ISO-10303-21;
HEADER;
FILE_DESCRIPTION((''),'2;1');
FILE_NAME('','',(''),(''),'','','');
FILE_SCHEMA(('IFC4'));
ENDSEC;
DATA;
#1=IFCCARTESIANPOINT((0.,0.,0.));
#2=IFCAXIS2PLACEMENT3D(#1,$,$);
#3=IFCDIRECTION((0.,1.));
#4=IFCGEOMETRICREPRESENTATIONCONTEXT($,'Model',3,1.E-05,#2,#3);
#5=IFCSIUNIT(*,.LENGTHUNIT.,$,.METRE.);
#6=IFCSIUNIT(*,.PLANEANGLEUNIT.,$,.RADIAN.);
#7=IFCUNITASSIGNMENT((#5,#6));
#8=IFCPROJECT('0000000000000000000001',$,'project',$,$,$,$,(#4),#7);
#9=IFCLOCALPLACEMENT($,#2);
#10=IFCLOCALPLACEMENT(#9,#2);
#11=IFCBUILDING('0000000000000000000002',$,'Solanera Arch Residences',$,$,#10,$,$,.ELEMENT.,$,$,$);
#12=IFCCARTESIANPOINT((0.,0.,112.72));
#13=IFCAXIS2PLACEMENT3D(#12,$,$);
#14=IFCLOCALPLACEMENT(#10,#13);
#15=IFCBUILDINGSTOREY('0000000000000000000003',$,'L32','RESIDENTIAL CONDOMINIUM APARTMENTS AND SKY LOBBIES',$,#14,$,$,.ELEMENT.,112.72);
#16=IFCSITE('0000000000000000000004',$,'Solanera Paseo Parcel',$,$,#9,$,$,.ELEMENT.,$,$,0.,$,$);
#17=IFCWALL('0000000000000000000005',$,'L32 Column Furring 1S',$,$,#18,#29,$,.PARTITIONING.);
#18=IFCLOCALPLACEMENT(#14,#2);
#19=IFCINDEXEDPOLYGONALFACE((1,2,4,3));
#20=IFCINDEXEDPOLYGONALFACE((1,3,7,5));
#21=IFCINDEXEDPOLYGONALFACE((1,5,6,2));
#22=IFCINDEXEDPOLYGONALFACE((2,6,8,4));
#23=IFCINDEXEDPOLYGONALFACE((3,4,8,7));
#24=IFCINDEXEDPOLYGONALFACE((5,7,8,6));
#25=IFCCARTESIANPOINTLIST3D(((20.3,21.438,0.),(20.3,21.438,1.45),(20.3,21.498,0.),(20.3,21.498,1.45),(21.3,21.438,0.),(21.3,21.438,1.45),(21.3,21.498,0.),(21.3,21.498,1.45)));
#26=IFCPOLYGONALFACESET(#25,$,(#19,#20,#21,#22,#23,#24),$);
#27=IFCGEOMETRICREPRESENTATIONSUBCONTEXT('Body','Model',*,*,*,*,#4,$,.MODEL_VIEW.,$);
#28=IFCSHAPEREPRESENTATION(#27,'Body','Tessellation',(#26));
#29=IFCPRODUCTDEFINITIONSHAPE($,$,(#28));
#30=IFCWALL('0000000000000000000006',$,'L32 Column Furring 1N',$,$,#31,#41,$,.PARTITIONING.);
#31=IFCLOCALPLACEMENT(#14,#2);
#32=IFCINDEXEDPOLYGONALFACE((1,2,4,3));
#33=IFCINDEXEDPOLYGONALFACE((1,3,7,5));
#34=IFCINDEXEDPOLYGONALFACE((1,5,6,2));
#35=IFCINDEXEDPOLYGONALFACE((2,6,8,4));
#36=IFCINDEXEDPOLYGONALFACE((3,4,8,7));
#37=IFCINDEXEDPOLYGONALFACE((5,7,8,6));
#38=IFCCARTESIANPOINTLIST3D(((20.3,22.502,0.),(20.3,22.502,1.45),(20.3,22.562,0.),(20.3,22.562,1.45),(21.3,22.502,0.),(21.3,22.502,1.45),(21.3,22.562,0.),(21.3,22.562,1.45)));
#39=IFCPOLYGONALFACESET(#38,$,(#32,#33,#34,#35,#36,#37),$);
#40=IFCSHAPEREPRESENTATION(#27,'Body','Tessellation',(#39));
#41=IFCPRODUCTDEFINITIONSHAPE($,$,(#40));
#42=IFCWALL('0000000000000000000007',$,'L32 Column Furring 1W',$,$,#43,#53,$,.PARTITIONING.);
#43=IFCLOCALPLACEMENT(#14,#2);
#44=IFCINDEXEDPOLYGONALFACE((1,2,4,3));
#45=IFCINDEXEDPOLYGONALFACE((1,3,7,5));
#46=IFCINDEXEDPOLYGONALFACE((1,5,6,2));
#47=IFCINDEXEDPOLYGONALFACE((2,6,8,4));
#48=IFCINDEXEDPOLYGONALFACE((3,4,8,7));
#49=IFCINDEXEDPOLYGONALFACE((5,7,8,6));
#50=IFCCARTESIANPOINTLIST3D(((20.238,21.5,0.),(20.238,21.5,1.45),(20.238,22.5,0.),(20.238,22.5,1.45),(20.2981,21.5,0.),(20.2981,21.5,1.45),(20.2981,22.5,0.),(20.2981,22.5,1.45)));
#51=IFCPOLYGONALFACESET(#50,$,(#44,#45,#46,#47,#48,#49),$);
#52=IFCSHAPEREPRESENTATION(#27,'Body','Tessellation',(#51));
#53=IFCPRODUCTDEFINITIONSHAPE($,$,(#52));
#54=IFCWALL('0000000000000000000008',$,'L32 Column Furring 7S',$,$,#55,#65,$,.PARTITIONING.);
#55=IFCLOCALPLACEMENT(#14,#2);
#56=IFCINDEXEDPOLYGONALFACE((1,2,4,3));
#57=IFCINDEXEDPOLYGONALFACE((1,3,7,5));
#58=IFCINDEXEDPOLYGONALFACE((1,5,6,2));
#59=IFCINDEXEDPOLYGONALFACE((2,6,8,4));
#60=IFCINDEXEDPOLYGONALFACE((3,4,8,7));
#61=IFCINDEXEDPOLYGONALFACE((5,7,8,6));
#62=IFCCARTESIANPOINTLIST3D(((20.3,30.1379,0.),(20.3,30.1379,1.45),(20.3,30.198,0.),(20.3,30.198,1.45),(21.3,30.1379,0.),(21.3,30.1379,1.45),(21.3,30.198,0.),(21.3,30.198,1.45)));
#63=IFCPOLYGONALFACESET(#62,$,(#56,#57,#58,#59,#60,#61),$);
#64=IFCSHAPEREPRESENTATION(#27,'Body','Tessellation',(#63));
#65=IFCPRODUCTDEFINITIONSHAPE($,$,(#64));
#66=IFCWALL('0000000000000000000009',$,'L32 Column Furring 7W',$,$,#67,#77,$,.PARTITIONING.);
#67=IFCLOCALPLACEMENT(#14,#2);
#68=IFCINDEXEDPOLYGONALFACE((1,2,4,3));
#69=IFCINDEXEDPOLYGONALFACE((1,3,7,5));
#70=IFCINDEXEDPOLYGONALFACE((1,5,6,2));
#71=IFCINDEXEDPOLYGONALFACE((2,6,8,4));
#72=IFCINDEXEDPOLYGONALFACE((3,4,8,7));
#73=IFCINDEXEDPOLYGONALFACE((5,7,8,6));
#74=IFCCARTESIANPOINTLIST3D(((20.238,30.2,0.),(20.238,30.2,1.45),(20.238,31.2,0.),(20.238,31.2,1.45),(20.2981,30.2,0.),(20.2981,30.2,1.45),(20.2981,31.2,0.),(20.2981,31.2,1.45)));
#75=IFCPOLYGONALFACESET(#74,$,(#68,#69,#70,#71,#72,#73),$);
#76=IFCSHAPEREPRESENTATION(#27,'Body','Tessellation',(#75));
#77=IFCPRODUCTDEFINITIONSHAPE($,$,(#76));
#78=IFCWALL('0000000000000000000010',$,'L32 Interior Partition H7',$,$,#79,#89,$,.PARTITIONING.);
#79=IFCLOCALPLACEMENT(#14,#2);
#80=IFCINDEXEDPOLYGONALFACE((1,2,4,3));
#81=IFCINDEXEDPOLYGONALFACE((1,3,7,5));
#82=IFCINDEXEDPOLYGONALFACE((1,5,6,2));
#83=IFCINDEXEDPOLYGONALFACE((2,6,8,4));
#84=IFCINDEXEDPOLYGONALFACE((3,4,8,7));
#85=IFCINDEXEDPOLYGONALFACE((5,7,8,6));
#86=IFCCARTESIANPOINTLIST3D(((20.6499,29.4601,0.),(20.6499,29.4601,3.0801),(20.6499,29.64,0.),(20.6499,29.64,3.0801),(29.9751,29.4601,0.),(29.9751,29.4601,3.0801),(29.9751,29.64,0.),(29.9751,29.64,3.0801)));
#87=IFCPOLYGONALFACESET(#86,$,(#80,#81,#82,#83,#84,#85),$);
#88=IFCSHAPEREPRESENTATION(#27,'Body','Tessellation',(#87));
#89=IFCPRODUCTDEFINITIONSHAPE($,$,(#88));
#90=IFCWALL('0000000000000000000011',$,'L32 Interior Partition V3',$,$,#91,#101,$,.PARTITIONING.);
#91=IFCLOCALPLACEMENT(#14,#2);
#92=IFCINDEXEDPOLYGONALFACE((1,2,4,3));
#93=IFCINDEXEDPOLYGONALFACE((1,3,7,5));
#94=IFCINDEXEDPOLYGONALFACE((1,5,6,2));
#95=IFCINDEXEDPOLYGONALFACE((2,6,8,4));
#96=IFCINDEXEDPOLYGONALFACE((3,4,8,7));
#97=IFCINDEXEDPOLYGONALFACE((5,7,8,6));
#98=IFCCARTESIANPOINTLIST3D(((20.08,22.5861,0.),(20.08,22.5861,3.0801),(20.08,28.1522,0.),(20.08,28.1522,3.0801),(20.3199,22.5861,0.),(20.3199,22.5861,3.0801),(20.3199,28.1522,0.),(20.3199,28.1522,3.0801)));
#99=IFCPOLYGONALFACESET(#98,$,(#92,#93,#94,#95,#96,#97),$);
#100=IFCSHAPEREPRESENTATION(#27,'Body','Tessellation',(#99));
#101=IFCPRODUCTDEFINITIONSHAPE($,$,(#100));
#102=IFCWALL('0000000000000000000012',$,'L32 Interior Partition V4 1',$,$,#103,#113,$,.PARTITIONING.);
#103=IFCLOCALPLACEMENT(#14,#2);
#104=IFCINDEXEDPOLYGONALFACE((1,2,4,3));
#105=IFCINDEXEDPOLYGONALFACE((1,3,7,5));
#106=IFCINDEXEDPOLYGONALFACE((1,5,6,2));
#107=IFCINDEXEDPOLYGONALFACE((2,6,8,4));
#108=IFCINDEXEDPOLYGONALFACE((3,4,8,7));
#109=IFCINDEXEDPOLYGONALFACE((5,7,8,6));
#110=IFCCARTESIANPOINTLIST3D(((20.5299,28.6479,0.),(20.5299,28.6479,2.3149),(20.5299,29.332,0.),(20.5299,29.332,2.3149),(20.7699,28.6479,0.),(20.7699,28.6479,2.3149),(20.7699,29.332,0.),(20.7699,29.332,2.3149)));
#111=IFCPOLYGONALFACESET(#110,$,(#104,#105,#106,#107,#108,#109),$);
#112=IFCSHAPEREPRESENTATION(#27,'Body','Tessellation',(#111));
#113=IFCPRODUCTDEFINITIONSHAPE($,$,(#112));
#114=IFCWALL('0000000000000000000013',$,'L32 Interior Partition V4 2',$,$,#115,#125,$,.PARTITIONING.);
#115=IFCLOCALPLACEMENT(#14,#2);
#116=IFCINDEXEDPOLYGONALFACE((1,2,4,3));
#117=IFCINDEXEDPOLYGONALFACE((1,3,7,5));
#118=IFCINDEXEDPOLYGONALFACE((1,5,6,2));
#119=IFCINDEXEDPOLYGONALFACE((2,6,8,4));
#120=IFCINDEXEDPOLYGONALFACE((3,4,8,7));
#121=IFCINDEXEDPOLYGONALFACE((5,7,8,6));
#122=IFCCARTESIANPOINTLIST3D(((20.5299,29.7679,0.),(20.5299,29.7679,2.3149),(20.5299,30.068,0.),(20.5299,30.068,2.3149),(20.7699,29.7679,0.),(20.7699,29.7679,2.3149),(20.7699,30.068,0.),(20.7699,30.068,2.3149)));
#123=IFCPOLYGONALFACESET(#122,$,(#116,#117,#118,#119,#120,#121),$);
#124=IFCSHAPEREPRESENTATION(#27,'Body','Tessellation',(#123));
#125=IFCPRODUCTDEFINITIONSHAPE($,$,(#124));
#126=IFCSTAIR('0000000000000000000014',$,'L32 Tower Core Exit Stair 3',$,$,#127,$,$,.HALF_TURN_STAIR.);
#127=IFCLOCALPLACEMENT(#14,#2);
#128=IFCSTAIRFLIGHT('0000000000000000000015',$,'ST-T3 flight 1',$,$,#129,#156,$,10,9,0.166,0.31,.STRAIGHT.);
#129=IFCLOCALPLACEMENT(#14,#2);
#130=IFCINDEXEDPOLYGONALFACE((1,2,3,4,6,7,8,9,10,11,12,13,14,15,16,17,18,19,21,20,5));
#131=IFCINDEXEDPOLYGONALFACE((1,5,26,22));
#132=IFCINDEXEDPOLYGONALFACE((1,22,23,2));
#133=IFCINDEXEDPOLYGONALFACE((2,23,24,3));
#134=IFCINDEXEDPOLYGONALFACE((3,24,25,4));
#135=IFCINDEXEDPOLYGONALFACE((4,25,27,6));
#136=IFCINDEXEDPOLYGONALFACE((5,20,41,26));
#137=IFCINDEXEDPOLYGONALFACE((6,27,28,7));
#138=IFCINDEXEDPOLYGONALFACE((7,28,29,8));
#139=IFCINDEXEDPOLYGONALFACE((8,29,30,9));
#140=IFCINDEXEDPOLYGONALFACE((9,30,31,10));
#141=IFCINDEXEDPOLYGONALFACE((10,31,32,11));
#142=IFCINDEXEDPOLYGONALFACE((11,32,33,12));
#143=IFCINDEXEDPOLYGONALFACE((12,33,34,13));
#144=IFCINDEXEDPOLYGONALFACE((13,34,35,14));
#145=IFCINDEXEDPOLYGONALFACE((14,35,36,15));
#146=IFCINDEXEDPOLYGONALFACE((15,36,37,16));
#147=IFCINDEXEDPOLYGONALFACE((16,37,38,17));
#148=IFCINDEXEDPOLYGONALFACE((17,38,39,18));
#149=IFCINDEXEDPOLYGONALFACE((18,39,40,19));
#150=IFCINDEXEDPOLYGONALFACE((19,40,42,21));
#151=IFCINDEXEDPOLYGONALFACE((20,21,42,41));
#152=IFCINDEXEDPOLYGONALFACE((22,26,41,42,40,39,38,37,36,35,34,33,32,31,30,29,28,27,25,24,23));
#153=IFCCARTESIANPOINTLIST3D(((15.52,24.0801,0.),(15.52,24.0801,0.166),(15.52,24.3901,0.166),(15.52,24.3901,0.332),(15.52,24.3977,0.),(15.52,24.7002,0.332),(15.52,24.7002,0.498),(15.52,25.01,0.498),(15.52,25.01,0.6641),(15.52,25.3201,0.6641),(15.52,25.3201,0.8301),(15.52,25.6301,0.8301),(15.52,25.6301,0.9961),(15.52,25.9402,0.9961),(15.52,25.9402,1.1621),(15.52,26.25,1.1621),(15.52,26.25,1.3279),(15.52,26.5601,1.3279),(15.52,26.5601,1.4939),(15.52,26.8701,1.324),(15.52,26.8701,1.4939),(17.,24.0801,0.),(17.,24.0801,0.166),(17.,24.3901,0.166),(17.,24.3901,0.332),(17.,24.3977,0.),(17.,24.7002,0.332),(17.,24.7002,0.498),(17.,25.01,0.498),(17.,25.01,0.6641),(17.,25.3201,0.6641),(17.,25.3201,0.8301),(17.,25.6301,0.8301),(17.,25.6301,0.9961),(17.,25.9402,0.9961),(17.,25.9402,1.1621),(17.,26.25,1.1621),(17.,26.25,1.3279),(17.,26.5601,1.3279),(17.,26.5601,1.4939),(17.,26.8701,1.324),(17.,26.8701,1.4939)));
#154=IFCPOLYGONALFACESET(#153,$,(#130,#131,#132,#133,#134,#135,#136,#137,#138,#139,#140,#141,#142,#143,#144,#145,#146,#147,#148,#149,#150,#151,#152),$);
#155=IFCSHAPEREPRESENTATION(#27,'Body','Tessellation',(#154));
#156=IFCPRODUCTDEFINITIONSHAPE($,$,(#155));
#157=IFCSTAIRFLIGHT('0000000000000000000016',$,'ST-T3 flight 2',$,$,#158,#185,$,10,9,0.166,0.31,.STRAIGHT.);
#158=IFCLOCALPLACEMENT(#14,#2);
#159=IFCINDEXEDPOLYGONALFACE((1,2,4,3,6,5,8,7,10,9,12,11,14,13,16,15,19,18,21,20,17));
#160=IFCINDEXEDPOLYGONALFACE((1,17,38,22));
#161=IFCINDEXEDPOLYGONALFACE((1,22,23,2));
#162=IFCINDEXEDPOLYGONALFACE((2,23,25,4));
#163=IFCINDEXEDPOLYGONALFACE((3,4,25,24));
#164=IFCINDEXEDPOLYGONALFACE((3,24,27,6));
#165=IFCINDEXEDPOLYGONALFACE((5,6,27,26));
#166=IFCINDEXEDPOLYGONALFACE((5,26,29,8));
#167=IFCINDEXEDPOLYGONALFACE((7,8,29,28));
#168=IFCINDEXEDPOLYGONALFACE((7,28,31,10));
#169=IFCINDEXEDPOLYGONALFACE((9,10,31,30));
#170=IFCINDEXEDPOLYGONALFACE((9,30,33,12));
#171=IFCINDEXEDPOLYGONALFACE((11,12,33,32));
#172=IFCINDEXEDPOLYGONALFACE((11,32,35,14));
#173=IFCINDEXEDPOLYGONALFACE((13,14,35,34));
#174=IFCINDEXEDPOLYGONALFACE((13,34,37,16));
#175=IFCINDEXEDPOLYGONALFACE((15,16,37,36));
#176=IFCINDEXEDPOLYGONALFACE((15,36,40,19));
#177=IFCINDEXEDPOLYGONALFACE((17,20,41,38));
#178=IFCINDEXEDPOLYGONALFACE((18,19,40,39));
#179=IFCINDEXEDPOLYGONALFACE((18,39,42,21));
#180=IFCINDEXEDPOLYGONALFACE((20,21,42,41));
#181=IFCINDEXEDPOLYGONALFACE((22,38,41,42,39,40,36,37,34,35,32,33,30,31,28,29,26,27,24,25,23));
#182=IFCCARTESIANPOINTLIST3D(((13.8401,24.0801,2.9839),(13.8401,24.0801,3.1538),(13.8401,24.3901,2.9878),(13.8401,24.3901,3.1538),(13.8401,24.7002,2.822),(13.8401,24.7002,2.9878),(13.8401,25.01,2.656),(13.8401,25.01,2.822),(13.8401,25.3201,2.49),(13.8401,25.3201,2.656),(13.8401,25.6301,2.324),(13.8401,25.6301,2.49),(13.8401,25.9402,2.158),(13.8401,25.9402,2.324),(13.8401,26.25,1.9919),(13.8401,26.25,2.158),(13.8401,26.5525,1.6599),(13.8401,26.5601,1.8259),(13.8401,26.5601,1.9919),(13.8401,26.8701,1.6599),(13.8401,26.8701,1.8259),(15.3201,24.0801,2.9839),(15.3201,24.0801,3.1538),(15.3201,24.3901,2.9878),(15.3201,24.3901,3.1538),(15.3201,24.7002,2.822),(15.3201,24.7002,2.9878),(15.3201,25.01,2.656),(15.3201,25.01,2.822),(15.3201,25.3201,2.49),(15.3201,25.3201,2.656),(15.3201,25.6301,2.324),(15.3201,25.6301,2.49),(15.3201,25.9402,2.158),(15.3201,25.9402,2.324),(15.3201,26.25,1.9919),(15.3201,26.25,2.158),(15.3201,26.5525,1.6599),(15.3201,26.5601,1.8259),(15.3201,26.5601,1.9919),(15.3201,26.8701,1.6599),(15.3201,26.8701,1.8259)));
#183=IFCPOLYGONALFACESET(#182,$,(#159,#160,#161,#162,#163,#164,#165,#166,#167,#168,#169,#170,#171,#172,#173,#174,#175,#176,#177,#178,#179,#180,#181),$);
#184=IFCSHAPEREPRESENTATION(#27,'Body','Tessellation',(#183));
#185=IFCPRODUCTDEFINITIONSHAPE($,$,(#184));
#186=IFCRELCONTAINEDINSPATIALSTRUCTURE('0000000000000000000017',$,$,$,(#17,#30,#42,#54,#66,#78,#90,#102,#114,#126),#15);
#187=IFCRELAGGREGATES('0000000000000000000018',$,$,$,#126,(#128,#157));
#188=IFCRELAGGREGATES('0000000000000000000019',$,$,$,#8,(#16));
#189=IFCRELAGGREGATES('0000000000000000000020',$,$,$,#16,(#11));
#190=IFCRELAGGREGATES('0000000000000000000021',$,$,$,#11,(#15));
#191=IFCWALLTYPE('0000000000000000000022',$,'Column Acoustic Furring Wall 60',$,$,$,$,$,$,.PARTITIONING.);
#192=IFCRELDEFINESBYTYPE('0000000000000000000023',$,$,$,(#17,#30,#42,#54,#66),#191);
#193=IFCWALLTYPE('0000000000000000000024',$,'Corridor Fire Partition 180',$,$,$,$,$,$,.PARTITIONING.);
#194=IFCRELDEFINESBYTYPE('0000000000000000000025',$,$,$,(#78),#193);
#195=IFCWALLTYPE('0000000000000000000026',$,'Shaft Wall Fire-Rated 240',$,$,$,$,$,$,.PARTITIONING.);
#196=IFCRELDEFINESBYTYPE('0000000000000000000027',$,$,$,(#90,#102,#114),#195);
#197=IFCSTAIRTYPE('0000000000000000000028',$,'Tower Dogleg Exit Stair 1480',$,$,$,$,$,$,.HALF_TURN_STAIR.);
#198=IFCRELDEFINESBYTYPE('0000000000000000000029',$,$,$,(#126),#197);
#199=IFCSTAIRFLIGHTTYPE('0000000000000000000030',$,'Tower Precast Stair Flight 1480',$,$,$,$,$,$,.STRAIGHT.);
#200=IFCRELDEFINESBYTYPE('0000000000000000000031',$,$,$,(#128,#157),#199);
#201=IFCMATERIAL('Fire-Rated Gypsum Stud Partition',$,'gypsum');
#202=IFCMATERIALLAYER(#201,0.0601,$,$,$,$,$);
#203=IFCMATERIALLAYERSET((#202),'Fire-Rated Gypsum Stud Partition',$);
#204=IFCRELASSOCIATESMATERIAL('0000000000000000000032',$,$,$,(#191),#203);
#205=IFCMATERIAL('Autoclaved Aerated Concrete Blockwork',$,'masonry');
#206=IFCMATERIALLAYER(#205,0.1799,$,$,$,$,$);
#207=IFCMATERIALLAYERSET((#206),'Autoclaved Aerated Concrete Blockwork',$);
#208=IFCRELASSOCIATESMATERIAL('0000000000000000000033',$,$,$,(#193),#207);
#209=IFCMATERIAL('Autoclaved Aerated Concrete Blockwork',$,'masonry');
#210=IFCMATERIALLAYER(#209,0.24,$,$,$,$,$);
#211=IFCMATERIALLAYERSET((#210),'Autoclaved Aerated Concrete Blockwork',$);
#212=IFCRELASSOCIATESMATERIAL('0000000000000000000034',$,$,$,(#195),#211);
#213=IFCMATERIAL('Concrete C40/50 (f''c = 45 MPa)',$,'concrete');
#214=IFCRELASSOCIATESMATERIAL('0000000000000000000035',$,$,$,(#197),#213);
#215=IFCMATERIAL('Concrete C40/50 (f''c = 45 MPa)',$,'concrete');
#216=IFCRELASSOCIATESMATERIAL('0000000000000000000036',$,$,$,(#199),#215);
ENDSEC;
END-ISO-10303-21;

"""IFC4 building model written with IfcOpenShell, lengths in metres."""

from ifc_helpers import new_model, si_unit, direction, frame, frame_2d, origin, place, context, subcontext, project, spatial, polyline, rectangle, outline, extrude, material, layer, layer_set, type_object, element, aggregate, save


model = new_model("IFC4")

# Units and contexts
model_context = context("Model", 3, precision=1e-05, world=origin(), true_north=direction((0.0, 1.0)))
body_context = subcontext(model_context, "Body", "Model", "MODEL_VIEW")
ifc_project = project(units=[si_unit("LENGTHUNIT", "METRE"), si_unit("PLANEANGLEUNIT", "RADIAN")], contexts=[model_context])

# Site, building, storey
site_placement = place(None, origin())
site = spatial("IfcSite", under=ifc_project, at=site_placement, Name="Solanera Paseo Parcel", CompositionType="ELEMENT", RefElevation=0.0)
building_placement = place(site_placement, origin())
building = spatial("IfcBuilding", under=site, at=building_placement, Name="Solanera Arch Residences", CompositionType="ELEMENT")
storey_placement = place(building_placement, frame((0.0, 0.0, 112.72)))
storey = spatial("IfcBuildingStorey", under=building, at=storey_placement, Name="L32", Description="RESIDENTIAL CONDOMINIUM APARTMENTS AND SKY LOBBIES", CompositionType="ELEMENT", Elevation=112.72)

# Walls
ifc_material_1 = material(Name="Fire-Rated Gypsum Stud Partition", Category="gypsum")
ifc_layer_1 = layer(ifc_material_1, 0.0601)
ifc_layer_set_1 = layer_set([ifc_layer_1], Name="Fire-Rated Gypsum Stud Partition")
wall_type_1 = type_object("IfcWallType", Name="Column Acoustic Furring Wall 60", PredefinedType="PARTITIONING", material=ifc_layer_set_1)
for number, where, z_axis, x_axis, name in (
    (1, (20.3, 21.468, 0.0), (0.0, 0.0, 1.0), (1.0, 0.0, 0.0), "L32 Column Furring 1S"),
    (2, (20.3, 22.532, 0.0), (0.0, 0.0, 1.0), (1.0, 0.0, 0.0), "L32 Column Furring 1N"),
    (3, (20.2681, 21.5, 0.0), (0.0, 0.0, 1.0), (0.0, 1.0, 0.0), "L32 Column Furring 1W"),
    (4, (20.3, 30.168, 0.0), (0.0, 0.0, 1.0), (1.0, 0.0, 0.0), "L32 Column Furring 7S"),
    (5, (20.2681, 30.2, 0.0), (0.0, 0.0, 1.0), (0.0, 1.0, 0.0), "L32 Column Furring 7W"),
):
    element("IfcWall", number, at=place(storey_placement, frame(where, z_axis=z_axis, x_axis=x_axis)), inside=storey, type_object=wall_type_1, Name=name, PredefinedType="PARTITIONING", context=body_context, shape_type="SweptSolid", body=[
        extrude(rectangle(XDim=1.0, YDim=0.0601, at=frame_2d((0.5, 0.0))), origin(), (0.0, 0.0, 1.0), 1.45),
    ])

# Wall
ifc_material_2 = material(Name="Autoclaved Aerated Concrete Blockwork", Category="masonry")
ifc_layer_2 = layer(ifc_material_2, 0.1799)
ifc_layer_set_2 = layer_set([ifc_layer_2], Name="Autoclaved Aerated Concrete Blockwork")
wall_type_2 = type_object("IfcWallType", Name="Corridor Fire Partition 180", PredefinedType="PARTITIONING", material=ifc_layer_set_2)
wall_1_placement = place(storey_placement, frame((20.6499, 29.55, 0.0), z_axis=(0.0, 0.0, 1.0), x_axis=(1.0, 0.0, 0.0)))
element("IfcWall", 6, at=wall_1_placement, inside=storey, type_object=wall_type_2, Name="L32 Interior Partition H7", PredefinedType="PARTITIONING", context=body_context, shape_type="SweptSolid", body=[
    extrude(rectangle(XDim=9.3252, YDim=0.1799, at=frame_2d((4.6626, 0.0))), origin(), (0.0, 0.0, 1.0), 3.0801),
])

# Shared definitions
ifc_material_3 = material(Name="Autoclaved Aerated Concrete Blockwork", Category="masonry")
ifc_layer_3 = layer(ifc_material_3, 0.24)
ifc_layer_set_3 = layer_set([ifc_layer_3], Name="Autoclaved Aerated Concrete Blockwork")
wall_type_3 = type_object("IfcWallType", Name="Shaft Wall Fire-Rated 240", PredefinedType="PARTITIONING", material=ifc_layer_set_3)

# Walls
wall_2_placement = place(storey_placement, frame((20.2, 22.5859, 0.0), z_axis=(0.0, 0.0, 1.0), x_axis=(0.0, 1.0, 0.0)))
element("IfcWall", 7, at=wall_2_placement, inside=storey, type_object=wall_type_3, Name="L32 Interior Partition V3", PredefinedType="PARTITIONING", context=body_context, shape_type="SweptSolid", body=[
    extrude(rectangle(XDim=5.5662, YDim=0.24, at=frame_2d((2.7832, 0.0))), origin(), (0.0, 0.0, 1.0), 3.0801),
])
wall_3_placement = place(storey_placement, frame((20.6499, 28.6479, 0.0), z_axis=(0.0, 0.0, 1.0), x_axis=(0.0, 1.0, 0.0)))
element("IfcWall", 8, at=wall_3_placement, inside=storey, type_object=wall_type_3, Name="L32 Interior Partition V4 1", PredefinedType="PARTITIONING", context=body_context, shape_type="SweptSolid", body=[
    extrude(rectangle(XDim=0.6841, YDim=0.24, at=frame_2d((0.342, 0.0))), origin(), (0.0, 0.0, 1.0), 2.3149),
])
wall_4_placement = place(storey_placement, frame((20.6499, 29.7681, 0.0), z_axis=(0.0, 0.0, 1.0), x_axis=(0.0, 1.0, 0.0)))
element("IfcWall", 9, at=wall_4_placement, inside=storey, type_object=wall_type_3, Name="L32 Interior Partition V4 2", PredefinedType="PARTITIONING", context=body_context, shape_type="SweptSolid", body=[
    extrude(rectangle(XDim=0.3, YDim=0.24, at=frame_2d((0.1499, 0.0))), origin(), (0.0, 0.0, 1.0), 2.3149),
])

# Stair, stair flights
ifc_material_4 = material(Name="Concrete C40/50 (f'c = 45 MPa)", Category="concrete")
stair_type = type_object("IfcStairType", Name="Tower Dogleg Exit Stair 1480", PredefinedType="HALF_TURN_STAIR", material=ifc_material_4)
stair_placement = place(storey_placement, origin())
stair = element("IfcStair", 10, at=stair_placement, inside=storey, type_object=stair_type, Name="L32 Tower Core Exit Stair 3", PredefinedType="HALF_TURN_STAIR")
ifc_material_5 = material(Name="Concrete C40/50 (f'c = 45 MPa)", Category="concrete")
stair_flight_type = type_object("IfcStairFlightType", Name="Tower Precast Stair Flight 1480", PredefinedType="STRAIGHT", material=ifc_material_5)
stair_flight_1_placement = place(storey_placement, frame((16.26, 24.0801, 0.0), z_axis=(0.0, 0.0, 1.0), x_axis=(0.0, 1.0, 0.0)))
stair_flight_1 = element("IfcStairFlight", 11, at=stair_flight_1_placement, type_object=stair_flight_type, Name="ST-T3 flight 1", NumberOfRisers=10, NumberOfTreads=9, PredefinedType="STRAIGHT", RiserHeight=0.166, TreadLength=0.31, context=body_context, shape_type="SweptSolid", body=[
    extrude(outline(polyline([(0.0, 0.0), (0.0, 0.166), (0.3101, 0.166), (0.3101, 0.332), (0.6201, 0.332), (0.6201, 0.498), (0.9299, 0.498), (0.9299, 0.6641), (1.24, 0.6641), (1.24, 0.8301), (1.55, 0.8301), (1.55, 0.9961), (1.8601, 0.9961), (1.8601, 1.1621), (2.1699, 1.1621), (2.1699, 1.3279), (2.48, 1.3279), (2.48, 1.4939), (2.79, 1.4939), (2.79, 1.6599), (2.79, 1.324), (0.3176, 0.0), (0.0, 0.0)])), frame((0.0, 0.74, 0.0), z_axis=(0.0, -1.0, 0.0), x_axis=(1.0, 0.0, 0.0)), (0.0, 0.0, 1.0), 1.48),
])
stair_flight_2_placement = place(storey_placement, frame((14.5801, 26.8701, 1.6599), z_axis=(0.0, 0.0, 1.0), x_axis=(0.0, -1.0, 0.0)))
stair_flight_2 = element("IfcStairFlight", 12, at=stair_flight_2_placement, type_object=stair_flight_type, Name="ST-T3 flight 2", NumberOfRisers=10, NumberOfTreads=9, PredefinedType="STRAIGHT", RiserHeight=0.166, TreadLength=0.31, context=body_context, shape_type="SweptSolid", body=[
    extrude(outline(polyline([(0.0, 0.0), (0.0, 0.166), (0.3101, 0.166), (0.3101, 0.332), (0.6201, 0.332), (0.6201, 0.498), (0.9299, 0.498), (0.9299, 0.6641), (1.24, 0.6641), (1.24, 0.8301), (1.55, 0.8301), (1.55, 0.9961), (1.8601, 0.9961), (1.8601, 1.1621), (2.1699, 1.1621), (2.1699, 1.3279), (2.48, 1.3279), (2.48, 1.4939), (2.79, 1.4939), (2.79, 1.6599), (2.79, 1.324), (0.3176, 0.0), (0.0, 0.0)])), frame((0.0, 0.74, 0.0), z_axis=(0.0, -1.0, 0.0), x_axis=(1.0, 0.0, 0.0)), (0.0, 0.0, 1.0), 1.48),
])
aggregate(stair, [stair_flight_1, stair_flight_2])

save(model, "model.ifc")
